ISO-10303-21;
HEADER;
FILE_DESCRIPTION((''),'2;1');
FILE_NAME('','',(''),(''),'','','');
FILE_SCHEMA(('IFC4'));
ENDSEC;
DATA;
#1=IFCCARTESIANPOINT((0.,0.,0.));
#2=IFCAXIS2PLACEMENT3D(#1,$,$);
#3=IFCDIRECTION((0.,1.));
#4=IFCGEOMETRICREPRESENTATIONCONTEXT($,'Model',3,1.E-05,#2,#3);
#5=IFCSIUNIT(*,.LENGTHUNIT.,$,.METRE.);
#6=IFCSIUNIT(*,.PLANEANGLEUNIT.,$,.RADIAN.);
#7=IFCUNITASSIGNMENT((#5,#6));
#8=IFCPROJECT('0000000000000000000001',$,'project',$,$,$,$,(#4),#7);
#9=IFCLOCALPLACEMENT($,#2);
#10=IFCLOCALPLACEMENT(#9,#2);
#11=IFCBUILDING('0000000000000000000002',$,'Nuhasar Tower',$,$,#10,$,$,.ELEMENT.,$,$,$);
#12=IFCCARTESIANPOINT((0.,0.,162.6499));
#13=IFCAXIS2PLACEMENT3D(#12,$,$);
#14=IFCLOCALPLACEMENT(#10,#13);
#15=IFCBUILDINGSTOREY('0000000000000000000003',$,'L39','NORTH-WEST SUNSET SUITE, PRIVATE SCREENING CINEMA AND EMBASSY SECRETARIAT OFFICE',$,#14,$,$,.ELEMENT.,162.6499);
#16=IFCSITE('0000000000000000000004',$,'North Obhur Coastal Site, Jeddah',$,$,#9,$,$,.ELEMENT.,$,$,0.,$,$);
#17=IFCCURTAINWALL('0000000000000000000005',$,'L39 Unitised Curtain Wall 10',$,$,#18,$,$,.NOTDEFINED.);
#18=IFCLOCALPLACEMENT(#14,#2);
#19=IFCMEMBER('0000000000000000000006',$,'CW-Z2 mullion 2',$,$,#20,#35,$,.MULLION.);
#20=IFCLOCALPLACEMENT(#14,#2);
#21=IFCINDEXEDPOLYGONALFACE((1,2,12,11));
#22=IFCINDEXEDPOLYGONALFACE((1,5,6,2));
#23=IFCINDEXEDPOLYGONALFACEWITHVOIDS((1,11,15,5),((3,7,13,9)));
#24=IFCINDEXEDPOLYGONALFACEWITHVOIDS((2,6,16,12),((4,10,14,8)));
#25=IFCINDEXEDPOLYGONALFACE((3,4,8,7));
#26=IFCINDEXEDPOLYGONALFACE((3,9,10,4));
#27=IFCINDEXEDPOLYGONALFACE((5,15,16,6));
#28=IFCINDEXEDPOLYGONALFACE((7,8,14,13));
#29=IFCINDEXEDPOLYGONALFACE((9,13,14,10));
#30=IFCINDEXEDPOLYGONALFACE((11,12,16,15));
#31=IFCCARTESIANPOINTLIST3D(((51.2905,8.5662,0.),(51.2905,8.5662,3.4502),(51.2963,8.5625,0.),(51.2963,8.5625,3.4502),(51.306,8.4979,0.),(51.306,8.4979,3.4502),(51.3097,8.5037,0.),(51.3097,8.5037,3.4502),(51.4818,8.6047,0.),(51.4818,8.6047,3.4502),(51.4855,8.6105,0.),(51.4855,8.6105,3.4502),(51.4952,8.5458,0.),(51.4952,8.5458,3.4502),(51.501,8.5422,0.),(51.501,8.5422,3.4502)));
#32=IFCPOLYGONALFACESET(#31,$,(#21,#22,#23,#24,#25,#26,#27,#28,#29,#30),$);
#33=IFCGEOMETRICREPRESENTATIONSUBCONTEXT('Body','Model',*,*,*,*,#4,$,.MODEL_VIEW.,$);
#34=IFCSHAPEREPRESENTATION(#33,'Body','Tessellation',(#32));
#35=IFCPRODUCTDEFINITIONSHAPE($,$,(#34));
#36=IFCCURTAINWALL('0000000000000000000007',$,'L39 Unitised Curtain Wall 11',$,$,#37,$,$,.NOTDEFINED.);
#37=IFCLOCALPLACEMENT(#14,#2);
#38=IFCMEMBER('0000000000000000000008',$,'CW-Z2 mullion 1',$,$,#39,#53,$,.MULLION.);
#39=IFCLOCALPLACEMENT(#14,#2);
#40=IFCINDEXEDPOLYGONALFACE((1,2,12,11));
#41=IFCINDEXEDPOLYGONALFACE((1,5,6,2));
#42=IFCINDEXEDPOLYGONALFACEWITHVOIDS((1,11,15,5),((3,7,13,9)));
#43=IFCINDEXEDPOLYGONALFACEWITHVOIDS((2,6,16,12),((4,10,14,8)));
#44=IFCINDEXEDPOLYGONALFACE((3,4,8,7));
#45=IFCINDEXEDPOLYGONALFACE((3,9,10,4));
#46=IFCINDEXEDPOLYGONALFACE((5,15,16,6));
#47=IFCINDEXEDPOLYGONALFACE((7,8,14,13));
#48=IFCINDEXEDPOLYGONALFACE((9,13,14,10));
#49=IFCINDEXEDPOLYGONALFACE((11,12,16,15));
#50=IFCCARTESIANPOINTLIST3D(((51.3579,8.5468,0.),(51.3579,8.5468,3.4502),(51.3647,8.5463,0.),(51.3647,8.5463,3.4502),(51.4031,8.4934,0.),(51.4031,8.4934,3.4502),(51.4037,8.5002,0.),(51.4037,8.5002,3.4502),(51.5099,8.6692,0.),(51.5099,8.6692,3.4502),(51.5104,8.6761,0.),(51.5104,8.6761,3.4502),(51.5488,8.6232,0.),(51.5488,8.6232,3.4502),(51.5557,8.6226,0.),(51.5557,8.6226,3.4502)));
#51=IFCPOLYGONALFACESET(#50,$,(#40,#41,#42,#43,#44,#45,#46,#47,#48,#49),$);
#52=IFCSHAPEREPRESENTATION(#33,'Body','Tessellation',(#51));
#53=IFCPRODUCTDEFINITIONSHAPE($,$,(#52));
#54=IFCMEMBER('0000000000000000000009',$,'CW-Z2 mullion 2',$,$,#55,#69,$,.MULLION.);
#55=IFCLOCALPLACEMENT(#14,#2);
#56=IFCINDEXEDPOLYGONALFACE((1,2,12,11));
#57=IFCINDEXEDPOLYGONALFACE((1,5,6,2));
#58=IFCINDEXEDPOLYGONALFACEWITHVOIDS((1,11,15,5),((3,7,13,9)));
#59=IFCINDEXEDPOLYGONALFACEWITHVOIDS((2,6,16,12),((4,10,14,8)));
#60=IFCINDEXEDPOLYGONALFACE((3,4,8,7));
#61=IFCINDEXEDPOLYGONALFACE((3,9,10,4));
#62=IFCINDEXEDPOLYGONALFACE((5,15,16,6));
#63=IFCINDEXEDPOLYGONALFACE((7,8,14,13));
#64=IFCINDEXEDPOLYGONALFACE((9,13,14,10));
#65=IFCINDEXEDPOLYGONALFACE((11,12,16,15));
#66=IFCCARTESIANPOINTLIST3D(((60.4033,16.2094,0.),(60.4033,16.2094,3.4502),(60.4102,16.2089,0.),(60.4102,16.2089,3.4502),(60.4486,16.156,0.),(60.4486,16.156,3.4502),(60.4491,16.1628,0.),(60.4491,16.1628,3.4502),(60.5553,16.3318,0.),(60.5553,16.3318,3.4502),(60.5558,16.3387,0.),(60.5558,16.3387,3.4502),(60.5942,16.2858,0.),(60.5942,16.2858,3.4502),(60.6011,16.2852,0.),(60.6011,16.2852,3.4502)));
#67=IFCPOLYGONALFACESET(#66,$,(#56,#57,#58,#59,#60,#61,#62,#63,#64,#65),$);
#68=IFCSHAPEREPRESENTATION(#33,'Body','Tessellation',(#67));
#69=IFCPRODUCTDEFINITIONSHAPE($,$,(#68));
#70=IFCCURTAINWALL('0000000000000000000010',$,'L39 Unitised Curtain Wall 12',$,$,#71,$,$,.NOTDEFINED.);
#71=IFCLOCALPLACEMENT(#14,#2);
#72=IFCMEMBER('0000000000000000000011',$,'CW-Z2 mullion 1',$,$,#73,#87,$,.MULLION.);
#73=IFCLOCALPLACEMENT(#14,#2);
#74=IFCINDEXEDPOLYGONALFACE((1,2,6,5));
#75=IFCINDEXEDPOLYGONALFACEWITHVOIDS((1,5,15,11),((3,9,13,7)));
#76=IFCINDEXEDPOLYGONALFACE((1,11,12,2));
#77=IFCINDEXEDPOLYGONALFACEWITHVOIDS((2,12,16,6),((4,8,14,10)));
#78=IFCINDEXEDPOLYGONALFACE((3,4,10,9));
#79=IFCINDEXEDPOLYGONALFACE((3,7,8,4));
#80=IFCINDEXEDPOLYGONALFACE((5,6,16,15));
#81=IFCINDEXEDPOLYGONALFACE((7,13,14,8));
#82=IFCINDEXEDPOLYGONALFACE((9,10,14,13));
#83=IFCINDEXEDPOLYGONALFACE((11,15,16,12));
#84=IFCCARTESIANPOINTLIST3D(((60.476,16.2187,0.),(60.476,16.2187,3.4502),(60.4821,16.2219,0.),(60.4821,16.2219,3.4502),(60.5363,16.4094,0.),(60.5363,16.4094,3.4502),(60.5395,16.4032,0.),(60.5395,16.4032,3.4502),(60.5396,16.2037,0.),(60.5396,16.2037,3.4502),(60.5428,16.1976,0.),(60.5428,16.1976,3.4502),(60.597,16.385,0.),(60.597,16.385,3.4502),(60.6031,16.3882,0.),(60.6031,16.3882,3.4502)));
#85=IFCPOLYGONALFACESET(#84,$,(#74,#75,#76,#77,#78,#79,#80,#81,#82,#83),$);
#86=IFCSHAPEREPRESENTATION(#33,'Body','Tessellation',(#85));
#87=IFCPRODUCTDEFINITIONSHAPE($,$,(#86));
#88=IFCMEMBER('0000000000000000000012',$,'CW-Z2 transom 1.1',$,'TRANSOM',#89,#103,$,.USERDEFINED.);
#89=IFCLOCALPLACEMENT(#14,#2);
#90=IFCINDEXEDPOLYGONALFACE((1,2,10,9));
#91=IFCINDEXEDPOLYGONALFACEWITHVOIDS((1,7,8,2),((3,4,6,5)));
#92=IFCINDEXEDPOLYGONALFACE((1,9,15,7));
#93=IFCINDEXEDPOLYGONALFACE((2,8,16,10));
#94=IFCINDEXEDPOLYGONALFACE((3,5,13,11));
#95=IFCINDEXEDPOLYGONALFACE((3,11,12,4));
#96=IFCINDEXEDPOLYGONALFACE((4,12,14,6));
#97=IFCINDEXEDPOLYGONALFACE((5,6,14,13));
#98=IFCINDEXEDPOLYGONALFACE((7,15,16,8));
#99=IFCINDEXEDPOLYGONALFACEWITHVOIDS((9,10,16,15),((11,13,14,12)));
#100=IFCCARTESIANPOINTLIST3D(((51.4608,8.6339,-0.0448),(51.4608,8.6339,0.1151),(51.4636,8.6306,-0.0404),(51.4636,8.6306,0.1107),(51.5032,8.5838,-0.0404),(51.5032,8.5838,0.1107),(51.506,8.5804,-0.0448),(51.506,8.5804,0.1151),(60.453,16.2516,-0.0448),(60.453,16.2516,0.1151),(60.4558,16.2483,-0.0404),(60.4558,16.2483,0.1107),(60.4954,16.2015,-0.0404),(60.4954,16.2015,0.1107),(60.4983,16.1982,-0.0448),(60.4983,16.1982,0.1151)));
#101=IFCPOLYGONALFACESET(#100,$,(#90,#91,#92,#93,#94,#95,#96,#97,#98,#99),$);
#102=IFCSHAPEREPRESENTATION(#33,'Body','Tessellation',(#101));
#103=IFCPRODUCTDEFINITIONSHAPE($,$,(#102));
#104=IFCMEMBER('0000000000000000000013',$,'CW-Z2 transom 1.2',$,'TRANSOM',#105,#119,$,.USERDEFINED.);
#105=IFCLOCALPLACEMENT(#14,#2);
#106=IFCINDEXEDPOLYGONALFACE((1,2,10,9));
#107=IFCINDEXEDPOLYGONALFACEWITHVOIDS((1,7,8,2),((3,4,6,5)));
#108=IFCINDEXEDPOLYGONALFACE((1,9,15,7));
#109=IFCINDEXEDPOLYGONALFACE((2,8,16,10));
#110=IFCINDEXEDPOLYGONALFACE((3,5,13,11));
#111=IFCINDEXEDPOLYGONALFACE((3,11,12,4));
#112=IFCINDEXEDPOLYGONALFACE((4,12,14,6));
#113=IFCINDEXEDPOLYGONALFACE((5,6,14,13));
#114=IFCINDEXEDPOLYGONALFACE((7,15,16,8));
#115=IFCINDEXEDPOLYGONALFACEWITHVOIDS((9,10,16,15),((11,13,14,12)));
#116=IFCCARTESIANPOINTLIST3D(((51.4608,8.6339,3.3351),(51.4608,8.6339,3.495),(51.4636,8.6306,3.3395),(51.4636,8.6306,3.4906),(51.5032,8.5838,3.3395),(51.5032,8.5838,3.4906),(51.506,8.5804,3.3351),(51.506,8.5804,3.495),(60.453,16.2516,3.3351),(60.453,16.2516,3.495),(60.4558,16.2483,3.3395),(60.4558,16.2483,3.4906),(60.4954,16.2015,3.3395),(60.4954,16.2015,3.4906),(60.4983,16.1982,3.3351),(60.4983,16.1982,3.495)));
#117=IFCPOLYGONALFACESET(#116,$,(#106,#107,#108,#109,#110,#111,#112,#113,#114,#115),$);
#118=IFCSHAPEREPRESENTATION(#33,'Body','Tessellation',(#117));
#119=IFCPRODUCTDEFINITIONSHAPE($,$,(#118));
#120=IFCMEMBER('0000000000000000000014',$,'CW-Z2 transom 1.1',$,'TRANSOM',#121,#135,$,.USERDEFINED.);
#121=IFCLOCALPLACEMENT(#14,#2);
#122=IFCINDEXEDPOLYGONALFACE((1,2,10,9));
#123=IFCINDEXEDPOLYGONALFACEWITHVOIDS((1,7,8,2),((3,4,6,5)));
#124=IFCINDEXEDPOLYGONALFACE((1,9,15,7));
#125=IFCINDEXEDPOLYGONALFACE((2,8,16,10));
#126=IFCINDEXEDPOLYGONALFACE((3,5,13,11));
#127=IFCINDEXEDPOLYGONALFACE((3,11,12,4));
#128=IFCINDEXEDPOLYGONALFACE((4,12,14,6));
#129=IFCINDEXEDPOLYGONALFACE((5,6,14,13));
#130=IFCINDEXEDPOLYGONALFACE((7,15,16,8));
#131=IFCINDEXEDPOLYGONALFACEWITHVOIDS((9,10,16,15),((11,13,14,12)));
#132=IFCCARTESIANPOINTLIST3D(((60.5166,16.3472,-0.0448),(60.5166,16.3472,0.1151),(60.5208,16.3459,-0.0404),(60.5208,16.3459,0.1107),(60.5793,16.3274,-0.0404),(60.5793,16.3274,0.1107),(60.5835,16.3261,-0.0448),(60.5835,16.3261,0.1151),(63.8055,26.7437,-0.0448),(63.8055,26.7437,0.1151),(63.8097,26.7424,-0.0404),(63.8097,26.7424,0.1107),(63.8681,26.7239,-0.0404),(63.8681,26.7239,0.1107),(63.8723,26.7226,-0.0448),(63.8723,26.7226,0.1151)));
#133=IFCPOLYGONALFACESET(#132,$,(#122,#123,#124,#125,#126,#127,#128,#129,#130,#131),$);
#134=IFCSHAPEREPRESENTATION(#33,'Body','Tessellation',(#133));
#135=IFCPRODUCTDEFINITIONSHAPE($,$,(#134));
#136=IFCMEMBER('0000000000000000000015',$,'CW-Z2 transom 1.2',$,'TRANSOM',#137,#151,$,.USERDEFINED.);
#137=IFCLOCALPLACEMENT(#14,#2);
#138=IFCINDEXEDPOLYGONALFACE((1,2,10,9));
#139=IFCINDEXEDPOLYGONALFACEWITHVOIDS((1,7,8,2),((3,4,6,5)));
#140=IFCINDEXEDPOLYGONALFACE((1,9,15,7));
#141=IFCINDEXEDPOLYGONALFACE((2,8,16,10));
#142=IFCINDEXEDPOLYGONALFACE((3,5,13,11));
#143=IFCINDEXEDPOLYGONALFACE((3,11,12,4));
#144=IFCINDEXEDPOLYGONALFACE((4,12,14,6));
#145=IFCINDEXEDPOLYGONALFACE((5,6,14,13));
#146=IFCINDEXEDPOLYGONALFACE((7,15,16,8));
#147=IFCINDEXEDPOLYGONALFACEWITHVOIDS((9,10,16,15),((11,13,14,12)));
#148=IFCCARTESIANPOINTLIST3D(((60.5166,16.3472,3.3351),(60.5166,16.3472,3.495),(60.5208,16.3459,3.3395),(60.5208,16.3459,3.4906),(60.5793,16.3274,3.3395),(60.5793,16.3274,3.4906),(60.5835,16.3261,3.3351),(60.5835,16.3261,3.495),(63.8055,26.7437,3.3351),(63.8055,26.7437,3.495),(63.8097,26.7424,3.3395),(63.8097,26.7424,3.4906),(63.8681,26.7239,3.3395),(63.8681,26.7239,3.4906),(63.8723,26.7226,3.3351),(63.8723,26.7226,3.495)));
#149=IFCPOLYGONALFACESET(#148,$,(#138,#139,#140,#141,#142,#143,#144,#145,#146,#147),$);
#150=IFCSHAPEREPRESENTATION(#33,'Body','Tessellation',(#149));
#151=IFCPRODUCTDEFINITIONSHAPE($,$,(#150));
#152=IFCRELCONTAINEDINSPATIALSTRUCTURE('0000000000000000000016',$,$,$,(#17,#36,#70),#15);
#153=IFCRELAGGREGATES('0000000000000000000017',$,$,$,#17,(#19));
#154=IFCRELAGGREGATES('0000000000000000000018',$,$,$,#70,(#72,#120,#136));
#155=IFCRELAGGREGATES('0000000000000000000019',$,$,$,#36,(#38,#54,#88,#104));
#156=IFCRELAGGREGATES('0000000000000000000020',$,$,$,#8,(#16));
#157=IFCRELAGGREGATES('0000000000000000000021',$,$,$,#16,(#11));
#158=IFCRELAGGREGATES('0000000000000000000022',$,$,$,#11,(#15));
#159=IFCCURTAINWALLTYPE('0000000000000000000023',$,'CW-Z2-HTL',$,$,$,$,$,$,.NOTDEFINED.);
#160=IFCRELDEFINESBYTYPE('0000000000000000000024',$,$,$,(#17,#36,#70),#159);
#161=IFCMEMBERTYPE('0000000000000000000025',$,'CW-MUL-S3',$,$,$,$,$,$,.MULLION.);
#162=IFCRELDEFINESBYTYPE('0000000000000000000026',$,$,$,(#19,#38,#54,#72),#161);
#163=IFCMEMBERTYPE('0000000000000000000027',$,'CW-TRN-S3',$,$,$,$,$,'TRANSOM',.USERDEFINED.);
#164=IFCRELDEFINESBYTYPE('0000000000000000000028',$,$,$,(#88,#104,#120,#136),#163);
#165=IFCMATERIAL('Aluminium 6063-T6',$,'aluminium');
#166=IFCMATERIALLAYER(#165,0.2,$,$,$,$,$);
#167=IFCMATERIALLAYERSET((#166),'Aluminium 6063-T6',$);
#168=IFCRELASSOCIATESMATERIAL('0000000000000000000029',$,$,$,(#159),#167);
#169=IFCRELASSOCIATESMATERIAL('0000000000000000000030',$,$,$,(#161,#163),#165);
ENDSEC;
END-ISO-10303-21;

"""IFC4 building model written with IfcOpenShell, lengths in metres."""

from ifc_helpers import new_model, si_unit, direction, frame, origin, origin_2d, place, context, subcontext, project, spatial, hollow_rectangle, extrude, material, layer, layer_set, material_profile, profile_set, type_object, element, aggregate, save


model = new_model("IFC4")

# Units and contexts
model_context = context("Model", 3, precision=1e-05, world=origin(), true_north=direction((0.0, 1.0)))
body_context = subcontext(model_context, "Body", "Model", "MODEL_VIEW")
ifc_project = project(units=[si_unit("LENGTHUNIT", "METRE"), si_unit("PLANEANGLEUNIT", "RADIAN")], contexts=[model_context])

# Site, building, storey
site_placement = place(None, origin())
site = spatial("IfcSite", under=ifc_project, at=site_placement, Name="North Obhur Coastal Site, Jeddah", CompositionType="ELEMENT", RefElevation=0.0)
building_placement = place(site_placement, origin())
building = spatial("IfcBuilding", under=site, at=building_placement, Name="Nuhasar Tower", CompositionType="ELEMENT")
storey_placement = place(building_placement, frame((0.0, 0.0, 162.6499)))
storey = spatial("IfcBuildingStorey", under=building, at=storey_placement, Name="L39", Description="NORTH-WEST SUNSET SUITE, PRIVATE SCREENING CINEMA AND EMBASSY SECRETARIAT OFFICE", CompositionType="ELEMENT", Elevation=162.6499)

# Curtain wall, member
ifc_material_1 = material(Name="Aluminium 6063-T6", Category="aluminium")
ifc_layer_1 = layer(ifc_material_1, 0.2)
ifc_layer_set_1 = layer_set([ifc_layer_1], Name="Aluminium 6063-T6")
curtain_wall_type = type_object("IfcCurtainWallType", Name="CW-Z2-HTL", PredefinedType="NOTDEFINED", material=ifc_layer_set_1)
curtain_wall_1_placement = place(storey_placement, origin())
curtain_wall_1 = element("IfcCurtainWall", 1, at=curtain_wall_1_placement, inside=storey, type_object=curtain_wall_type, Name="L39 Unitised Curtain Wall 10", PredefinedType="NOTDEFINED")
ifc_material_profile_1 = material_profile(ifc_material_1, hollow_rectangle(XDim=0.0701, YDim=0.2, WallThickness=0.0049, at=origin_2d()), Name="CWM-3")
ifc_profile_set_1 = profile_set([ifc_material_profile_1], Name="Aluminium 6063-T6")
member_type_1 = type_object("IfcMemberType", Name="CW-MUL-S3", PredefinedType="MULLION", material=ifc_profile_set_1)
member_1_placement = place(storey_placement, frame((51.3958, 8.5542, 0.0), z_axis=(0.0, 0.0, 1.0), x_axis=(-0.221397, 0.975184, 0.0)))
member_1 = element("IfcMember", 2, at=member_1_placement, type_object=member_type_1, Name="CW-Z2 mullion 2", PredefinedType="MULLION", context=body_context, shape_type="SweptSolid", body=[
    extrude(hollow_rectangle(XDim=0.0701, YDim=0.2, WallThickness=0.0049, at=origin_2d()), origin(), (0.0, 0.0, 1.0), 3.4502),
])
aggregate(curtain_wall_1, [member_1])

# Curtain wall, members
curtain_wall_2_placement = place(storey_placement, origin())
curtain_wall_2 = element("IfcCurtainWall", 3, at=curtain_wall_2_placement, inside=storey, type_object=curtain_wall_type, Name="L39 Unitised Curtain Wall 11", PredefinedType="NOTDEFINED")
member_2_placement = place(storey_placement, frame((51.4568, 8.5847, 0.0), z_axis=(0.0, 0.0, 1.0), x_axis=(-0.646374, 0.76302, 0.0)))
member_2 = element("IfcMember", 4, at=member_2_placement, type_object=member_type_1, Name="CW-Z2 mullion 1", PredefinedType="MULLION", context=body_context, shape_type="SweptSolid", body=[
    extrude(hollow_rectangle(XDim=0.0701, YDim=0.2, WallThickness=0.0049, at=origin_2d()), origin(), (0.0, 0.0, 1.0), 3.4502),
])
member_3_placement = place(storey_placement, frame((60.5022, 16.2473, 0.0), z_axis=(0.0, 0.0, 1.0), x_axis=(-0.646374, 0.76302, 0.0)))
member_3 = element("IfcMember", 5, at=member_3_placement, type_object=member_type_1, Name="CW-Z2 mullion 2", PredefinedType="MULLION", context=body_context, shape_type="SweptSolid", body=[
    extrude(hollow_rectangle(XDim=0.0701, YDim=0.2, WallThickness=0.0049, at=origin_2d()), origin(), (0.0, 0.0, 1.0), 3.4502),
])

# Curtain wall, member
curtain_wall_3_placement = place(storey_placement, origin())
curtain_wall_3 = element("IfcCurtainWall", 6, at=curtain_wall_3_placement, inside=storey, type_object=curtain_wall_type, Name="L39 Unitised Curtain Wall 12", PredefinedType="NOTDEFINED")
member_4_placement = place(storey_placement, frame((60.5396, 16.3035, 0.0), z_axis=(0.0, 0.0, 1.0), x_axis=(-0.953433, 0.301604, 0.0)))
member_4 = element("IfcMember", 7, at=member_4_placement, type_object=member_type_1, Name="CW-Z2 mullion 1", PredefinedType="MULLION", context=body_context, shape_type="SweptSolid", body=[
    extrude(hollow_rectangle(XDim=0.0701, YDim=0.2, WallThickness=0.0049, at=origin_2d()), origin(), (0.0, 0.0, 1.0), 3.4502),
])

# Members
ifc_material_profile_2 = material_profile(ifc_material_1, hollow_rectangle(XDim=0.0701, YDim=0.1599, WallThickness=0.0044, at=origin_2d()), Name="CWT-3")
ifc_profile_set_2 = profile_set([ifc_material_profile_2], Name="Aluminium 6063-T6")
member_type_2 = type_object("IfcMemberType", Name="CW-TRN-S3", ElementType="TRANSOM", PredefinedType="USERDEFINED", material=ifc_profile_set_2)
member_5_placement = place(storey_placement, frame((51.4834, 8.6072, 0.0352), z_axis=(0.763014, 0.646382, 0.0), x_axis=(-0.646382, 0.763014, 0.0)))
member_5 = element("IfcMember", 8, at=member_5_placement, type_object=member_type_2, Name="CW-Z2 transom 1.1", ObjectType="TRANSOM", PredefinedType="USERDEFINED", context=body_context, shape_type="SweptSolid", body=[
    extrude(hollow_rectangle(XDim=0.0701, YDim=0.1599, WallThickness=0.0044, at=origin_2d()), origin(), (0.0, 0.0, 1.0), 11.7852),
])
member_6_placement = place(storey_placement, frame((51.4834, 8.6072, 3.415), z_axis=(0.763014, 0.646382, 0.0), x_axis=(-0.646382, 0.763014, 0.0)))
member_6 = element("IfcMember", 9, at=member_6_placement, type_object=member_type_2, Name="CW-Z2 transom 1.2", ObjectType="TRANSOM", PredefinedType="USERDEFINED", context=body_context, shape_type="SweptSolid", body=[
    extrude(hollow_rectangle(XDim=0.0701, YDim=0.1599, WallThickness=0.0044, at=origin_2d()), origin(), (0.0, 0.0, 1.0), 11.7852),
])
member_7_placement = place(storey_placement, frame((60.55, 16.3367, 0.0352), z_axis=(0.301608, 0.953432, 0.0), x_axis=(-0.953432, 0.301608, 0.0)))
member_7 = element("IfcMember", 10, at=member_7_placement, type_object=member_type_2, Name="CW-Z2 transom 1.1", ObjectType="TRANSOM", PredefinedType="USERDEFINED", context=body_context, shape_type="SweptSolid", body=[
    extrude(hollow_rectangle(XDim=0.0701, YDim=0.1599, WallThickness=0.0044, at=origin_2d()), origin(), (0.0, 0.0, 1.0), 10.9043),
])
member_8_placement = place(storey_placement, frame((60.55, 16.3367, 3.415), z_axis=(0.301608, 0.953432, 0.0), x_axis=(-0.953432, 0.301608, 0.0)))
member_8 = element("IfcMember", 11, at=member_8_placement, type_object=member_type_2, Name="CW-Z2 transom 1.2", ObjectType="TRANSOM", PredefinedType="USERDEFINED", context=body_context, shape_type="SweptSolid", body=[
    extrude(hollow_rectangle(XDim=0.0701, YDim=0.1599, WallThickness=0.0044, at=origin_2d()), origin(), (0.0, 0.0, 1.0), 10.9043),
])
aggregate(curtain_wall_3, [member_4, member_7, member_8])

aggregate(curtain_wall_2, [member_2, member_3, member_5, member_6])

save(model, "model.ifc")
